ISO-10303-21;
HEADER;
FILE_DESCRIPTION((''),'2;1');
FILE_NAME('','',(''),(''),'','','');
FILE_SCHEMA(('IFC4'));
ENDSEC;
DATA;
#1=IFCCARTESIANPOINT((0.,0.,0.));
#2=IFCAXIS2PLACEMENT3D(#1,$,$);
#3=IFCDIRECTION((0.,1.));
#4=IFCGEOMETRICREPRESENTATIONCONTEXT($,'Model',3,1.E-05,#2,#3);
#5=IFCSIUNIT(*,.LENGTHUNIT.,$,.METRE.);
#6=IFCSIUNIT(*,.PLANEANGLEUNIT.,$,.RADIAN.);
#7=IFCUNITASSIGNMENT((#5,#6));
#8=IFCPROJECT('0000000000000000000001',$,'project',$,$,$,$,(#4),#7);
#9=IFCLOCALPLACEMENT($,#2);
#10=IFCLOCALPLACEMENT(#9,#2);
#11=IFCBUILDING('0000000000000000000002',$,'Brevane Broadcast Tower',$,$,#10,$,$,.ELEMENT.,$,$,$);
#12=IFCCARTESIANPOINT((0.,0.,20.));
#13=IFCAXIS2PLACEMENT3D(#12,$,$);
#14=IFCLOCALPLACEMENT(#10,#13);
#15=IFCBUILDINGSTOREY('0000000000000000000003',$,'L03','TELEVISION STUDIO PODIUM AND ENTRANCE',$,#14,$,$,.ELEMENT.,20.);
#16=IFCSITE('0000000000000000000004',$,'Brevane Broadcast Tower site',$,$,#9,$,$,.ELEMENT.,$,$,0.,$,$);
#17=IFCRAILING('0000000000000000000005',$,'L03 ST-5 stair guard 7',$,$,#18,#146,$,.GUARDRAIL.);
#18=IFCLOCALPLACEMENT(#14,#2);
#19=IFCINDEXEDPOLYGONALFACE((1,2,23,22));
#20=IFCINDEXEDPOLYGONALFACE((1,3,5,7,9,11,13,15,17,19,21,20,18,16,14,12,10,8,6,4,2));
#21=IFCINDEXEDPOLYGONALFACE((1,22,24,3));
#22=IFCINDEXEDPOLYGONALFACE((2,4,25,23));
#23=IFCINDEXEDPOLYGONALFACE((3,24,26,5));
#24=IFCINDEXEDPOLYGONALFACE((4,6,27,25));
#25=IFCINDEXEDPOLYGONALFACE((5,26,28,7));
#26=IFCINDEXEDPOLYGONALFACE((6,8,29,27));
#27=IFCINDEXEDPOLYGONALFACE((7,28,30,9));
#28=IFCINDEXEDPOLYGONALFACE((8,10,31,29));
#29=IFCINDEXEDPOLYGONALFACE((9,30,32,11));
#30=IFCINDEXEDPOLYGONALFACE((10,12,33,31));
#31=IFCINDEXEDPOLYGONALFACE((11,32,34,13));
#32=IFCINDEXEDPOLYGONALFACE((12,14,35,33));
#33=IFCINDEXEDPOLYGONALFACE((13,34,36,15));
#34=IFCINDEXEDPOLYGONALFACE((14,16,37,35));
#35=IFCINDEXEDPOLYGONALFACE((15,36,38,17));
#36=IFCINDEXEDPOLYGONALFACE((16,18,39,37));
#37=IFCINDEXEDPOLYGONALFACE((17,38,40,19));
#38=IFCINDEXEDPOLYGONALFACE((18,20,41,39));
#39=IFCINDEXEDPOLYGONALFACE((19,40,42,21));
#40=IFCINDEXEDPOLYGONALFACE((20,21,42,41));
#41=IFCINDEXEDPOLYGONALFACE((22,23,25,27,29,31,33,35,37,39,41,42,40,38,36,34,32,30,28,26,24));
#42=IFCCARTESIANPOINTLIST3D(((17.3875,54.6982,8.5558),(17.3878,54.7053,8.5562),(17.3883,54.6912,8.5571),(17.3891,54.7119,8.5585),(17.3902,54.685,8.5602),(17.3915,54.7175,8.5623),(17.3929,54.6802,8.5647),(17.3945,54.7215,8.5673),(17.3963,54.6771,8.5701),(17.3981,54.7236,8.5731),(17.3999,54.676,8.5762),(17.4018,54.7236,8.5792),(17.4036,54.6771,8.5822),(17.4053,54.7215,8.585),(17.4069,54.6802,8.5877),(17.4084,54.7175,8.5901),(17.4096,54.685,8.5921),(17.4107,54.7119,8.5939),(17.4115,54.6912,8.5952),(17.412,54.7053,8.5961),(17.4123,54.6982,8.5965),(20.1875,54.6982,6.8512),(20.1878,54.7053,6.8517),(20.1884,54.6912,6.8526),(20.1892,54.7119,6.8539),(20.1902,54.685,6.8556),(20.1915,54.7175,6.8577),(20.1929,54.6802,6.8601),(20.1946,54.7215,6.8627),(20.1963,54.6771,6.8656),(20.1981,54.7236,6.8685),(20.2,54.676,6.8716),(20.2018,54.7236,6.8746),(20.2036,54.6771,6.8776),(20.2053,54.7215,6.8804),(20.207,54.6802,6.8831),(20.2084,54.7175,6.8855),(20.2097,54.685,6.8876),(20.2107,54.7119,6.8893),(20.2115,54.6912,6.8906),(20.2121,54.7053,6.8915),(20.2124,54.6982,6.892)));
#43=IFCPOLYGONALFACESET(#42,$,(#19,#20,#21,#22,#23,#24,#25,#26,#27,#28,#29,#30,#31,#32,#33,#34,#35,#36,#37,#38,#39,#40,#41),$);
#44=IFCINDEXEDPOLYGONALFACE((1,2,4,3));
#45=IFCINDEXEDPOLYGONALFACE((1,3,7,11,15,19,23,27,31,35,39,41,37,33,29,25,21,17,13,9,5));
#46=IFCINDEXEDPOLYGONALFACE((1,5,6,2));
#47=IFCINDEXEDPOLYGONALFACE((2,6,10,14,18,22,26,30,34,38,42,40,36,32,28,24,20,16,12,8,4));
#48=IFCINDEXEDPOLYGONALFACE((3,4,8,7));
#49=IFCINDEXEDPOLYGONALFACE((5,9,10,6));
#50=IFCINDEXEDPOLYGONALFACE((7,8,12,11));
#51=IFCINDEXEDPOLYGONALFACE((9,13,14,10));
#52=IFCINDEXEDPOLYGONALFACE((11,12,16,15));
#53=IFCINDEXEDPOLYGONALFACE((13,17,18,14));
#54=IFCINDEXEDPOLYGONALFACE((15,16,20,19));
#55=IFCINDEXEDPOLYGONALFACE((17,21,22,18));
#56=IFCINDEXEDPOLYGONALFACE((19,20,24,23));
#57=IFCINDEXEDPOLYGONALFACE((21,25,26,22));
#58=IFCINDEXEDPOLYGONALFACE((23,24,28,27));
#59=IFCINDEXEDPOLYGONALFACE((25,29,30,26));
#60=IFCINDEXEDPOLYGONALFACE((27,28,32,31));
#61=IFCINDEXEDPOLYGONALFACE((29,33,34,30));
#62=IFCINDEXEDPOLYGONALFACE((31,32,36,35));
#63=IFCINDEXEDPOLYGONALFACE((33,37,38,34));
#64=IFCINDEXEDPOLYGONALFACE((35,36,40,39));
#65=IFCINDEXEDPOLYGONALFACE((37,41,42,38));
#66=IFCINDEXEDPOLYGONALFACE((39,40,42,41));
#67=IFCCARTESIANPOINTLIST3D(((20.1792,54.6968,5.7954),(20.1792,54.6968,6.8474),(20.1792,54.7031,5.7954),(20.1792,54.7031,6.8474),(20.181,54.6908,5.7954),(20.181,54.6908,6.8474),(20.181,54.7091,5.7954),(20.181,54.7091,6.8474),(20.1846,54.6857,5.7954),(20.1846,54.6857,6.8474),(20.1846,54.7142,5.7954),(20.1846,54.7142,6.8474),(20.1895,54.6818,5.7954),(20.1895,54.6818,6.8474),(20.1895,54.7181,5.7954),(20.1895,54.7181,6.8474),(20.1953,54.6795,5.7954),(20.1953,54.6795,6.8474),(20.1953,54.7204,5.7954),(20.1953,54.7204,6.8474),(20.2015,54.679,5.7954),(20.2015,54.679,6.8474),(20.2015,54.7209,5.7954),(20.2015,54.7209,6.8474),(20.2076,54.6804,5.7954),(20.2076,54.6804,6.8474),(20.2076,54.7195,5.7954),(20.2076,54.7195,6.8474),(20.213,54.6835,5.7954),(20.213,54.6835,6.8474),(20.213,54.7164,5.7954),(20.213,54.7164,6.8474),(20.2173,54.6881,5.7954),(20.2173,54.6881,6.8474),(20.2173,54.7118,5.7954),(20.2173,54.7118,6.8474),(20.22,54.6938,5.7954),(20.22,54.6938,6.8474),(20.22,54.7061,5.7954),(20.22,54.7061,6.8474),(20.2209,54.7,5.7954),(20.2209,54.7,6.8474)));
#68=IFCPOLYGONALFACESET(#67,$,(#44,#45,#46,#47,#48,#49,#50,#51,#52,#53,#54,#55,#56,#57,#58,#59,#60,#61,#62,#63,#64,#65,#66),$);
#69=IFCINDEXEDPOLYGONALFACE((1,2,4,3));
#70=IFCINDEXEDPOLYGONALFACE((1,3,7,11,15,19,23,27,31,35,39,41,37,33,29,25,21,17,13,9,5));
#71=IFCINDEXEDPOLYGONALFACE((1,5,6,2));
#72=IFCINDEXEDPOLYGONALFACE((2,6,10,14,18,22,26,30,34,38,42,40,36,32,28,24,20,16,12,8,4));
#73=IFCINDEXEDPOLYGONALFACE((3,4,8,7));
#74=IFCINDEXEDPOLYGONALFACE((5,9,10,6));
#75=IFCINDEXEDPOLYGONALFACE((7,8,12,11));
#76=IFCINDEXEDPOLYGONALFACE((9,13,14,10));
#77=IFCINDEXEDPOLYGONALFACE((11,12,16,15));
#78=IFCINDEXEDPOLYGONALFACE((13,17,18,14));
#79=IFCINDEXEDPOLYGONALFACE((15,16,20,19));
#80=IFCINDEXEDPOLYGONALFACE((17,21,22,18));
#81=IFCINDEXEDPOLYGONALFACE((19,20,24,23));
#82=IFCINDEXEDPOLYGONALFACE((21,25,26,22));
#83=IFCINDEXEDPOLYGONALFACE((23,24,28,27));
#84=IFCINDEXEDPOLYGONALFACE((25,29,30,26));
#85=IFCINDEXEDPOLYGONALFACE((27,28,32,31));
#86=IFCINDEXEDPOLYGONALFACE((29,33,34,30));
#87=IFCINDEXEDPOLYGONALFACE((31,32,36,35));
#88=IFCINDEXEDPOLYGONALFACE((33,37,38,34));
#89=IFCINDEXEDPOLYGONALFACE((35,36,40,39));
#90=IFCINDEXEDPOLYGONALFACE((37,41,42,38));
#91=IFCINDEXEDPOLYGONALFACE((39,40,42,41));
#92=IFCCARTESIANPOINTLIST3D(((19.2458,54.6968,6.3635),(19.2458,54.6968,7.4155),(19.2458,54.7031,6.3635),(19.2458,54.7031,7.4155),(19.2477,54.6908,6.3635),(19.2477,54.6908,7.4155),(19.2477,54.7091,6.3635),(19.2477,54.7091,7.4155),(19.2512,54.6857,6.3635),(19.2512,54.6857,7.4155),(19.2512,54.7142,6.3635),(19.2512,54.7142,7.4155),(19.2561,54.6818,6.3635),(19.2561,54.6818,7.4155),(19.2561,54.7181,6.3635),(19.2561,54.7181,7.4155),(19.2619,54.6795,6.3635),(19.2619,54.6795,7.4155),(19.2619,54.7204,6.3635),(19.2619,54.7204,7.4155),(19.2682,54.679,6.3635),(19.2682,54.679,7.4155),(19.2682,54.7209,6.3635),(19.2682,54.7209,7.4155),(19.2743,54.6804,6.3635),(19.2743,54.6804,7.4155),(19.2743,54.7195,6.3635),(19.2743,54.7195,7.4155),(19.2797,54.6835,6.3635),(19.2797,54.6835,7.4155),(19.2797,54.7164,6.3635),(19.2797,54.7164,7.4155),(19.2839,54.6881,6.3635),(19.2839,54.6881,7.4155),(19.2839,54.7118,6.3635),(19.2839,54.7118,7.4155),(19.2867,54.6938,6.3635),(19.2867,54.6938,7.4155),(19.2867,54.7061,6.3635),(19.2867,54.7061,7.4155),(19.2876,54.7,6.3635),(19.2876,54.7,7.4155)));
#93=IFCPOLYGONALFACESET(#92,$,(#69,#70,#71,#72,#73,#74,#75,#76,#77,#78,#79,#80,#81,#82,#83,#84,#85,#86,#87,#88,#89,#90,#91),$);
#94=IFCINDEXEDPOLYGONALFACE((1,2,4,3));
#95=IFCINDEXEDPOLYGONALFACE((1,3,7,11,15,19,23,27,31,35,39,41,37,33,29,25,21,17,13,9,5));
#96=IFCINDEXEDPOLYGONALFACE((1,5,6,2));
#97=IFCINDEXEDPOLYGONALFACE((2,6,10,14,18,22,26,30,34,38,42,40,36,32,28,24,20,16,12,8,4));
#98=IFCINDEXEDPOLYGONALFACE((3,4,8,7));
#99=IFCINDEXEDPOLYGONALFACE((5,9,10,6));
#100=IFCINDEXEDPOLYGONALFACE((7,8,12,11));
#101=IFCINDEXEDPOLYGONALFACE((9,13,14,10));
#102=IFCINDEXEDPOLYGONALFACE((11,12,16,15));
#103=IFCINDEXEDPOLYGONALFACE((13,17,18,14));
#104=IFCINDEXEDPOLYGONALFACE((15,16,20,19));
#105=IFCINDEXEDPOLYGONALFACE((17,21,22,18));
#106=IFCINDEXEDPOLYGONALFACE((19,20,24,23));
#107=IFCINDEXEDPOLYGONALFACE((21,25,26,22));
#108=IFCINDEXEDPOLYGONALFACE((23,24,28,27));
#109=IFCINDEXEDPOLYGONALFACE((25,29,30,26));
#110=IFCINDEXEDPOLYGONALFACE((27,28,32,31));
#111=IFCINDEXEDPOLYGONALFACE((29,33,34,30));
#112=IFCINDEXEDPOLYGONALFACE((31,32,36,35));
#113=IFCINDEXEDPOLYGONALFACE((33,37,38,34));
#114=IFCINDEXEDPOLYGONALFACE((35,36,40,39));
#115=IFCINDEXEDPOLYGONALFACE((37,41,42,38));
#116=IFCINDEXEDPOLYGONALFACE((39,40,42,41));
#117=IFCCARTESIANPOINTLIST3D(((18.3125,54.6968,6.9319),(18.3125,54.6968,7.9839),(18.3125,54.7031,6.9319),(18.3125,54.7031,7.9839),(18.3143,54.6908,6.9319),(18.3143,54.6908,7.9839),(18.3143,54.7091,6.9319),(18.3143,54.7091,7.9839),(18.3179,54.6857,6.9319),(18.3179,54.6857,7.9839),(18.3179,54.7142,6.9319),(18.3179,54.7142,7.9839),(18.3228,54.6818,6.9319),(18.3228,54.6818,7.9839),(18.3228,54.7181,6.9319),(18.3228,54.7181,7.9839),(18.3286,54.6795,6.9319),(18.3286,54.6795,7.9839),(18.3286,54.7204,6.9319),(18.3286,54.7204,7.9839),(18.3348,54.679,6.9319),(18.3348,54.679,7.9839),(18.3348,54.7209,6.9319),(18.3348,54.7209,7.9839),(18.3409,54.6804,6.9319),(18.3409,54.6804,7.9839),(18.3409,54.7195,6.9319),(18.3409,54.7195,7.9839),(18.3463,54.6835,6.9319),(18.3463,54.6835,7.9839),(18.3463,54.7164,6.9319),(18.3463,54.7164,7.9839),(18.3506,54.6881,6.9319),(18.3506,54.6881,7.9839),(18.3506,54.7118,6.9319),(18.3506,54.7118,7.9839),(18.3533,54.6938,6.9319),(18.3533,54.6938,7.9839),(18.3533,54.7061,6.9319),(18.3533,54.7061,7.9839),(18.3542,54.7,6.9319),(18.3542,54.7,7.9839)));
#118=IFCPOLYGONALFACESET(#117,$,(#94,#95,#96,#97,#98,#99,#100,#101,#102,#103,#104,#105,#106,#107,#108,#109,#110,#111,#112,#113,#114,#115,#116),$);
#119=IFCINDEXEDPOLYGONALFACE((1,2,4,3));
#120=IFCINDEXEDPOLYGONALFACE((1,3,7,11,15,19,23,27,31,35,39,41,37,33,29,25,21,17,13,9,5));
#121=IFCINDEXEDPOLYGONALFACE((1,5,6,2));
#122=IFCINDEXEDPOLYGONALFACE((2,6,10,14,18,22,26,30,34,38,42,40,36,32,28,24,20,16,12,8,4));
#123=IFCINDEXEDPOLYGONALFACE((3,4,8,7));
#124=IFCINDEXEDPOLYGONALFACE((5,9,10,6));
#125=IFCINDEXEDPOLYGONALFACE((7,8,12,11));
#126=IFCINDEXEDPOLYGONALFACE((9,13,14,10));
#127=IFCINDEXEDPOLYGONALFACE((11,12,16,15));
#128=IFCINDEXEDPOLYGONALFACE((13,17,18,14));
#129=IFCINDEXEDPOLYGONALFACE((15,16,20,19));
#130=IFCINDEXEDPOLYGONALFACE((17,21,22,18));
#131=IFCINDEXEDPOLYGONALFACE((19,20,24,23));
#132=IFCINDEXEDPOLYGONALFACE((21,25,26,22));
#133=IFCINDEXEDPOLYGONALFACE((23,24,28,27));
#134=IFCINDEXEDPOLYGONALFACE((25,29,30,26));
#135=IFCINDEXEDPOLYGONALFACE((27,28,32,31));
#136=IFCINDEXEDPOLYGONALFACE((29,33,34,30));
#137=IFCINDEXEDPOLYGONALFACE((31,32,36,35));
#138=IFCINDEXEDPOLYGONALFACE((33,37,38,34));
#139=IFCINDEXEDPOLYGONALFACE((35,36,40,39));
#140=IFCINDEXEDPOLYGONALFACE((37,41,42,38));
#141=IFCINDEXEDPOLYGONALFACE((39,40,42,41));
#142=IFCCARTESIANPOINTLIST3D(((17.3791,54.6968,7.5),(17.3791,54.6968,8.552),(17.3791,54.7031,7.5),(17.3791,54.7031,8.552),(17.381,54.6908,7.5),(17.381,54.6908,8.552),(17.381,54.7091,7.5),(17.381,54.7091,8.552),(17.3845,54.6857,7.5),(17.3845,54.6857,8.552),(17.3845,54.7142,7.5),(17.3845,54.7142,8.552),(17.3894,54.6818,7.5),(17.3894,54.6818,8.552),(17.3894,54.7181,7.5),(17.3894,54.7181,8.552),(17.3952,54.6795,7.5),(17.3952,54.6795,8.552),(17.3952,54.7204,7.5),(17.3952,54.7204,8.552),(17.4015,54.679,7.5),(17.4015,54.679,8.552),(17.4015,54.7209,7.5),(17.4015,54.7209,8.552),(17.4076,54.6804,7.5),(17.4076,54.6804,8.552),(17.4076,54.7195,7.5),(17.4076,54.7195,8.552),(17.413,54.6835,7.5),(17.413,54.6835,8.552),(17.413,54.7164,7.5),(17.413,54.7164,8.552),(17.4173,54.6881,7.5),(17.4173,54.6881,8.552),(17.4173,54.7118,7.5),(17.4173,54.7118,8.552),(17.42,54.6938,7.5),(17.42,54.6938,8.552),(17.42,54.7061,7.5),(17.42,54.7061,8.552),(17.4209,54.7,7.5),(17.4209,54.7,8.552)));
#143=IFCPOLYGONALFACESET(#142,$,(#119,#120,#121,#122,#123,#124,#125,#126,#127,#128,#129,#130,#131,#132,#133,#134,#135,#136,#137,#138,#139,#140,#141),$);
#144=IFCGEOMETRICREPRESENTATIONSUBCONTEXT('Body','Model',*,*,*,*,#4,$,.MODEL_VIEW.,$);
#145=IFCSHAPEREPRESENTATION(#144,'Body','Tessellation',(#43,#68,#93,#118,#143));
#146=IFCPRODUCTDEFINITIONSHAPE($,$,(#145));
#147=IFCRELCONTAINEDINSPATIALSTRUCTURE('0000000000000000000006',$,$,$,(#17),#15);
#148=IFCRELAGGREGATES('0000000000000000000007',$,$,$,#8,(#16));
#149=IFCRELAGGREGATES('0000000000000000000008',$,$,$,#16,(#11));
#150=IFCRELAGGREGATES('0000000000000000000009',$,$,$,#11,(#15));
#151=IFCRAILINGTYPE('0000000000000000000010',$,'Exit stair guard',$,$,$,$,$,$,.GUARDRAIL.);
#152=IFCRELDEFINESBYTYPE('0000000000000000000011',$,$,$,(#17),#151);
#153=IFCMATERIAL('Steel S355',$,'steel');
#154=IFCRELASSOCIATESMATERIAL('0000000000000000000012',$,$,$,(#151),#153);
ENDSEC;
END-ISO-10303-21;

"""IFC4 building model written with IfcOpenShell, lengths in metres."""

from ifc_helpers import new_model, si_unit, direction, frame, origin, origin_2d, place, context, subcontext, project, spatial, circle, extrude, material, type_object, element, save


model = new_model("IFC4")

# Units and contexts
model_context = context("Model", 3, precision=1e-05, world=origin(), true_north=direction((0.0, 1.0)))
body_context = subcontext(model_context, "Body", "Model", "MODEL_VIEW")
ifc_project = project(units=[si_unit("LENGTHUNIT", "METRE"), si_unit("PLANEANGLEUNIT", "RADIAN")], contexts=[model_context])

# Site, building, storey
site_placement = place(None, origin())
site = spatial("IfcSite", under=ifc_project, at=site_placement, Name="Brevane Broadcast Tower site", CompositionType="ELEMENT", RefElevation=0.0)
building_placement = place(site_placement, origin())
building = spatial("IfcBuilding", under=site, at=building_placement, Name="Brevane Broadcast Tower", CompositionType="ELEMENT")
storey_placement = place(building_placement, frame((0.0, 0.0, 20.0)))
storey = spatial("IfcBuildingStorey", under=building, at=storey_placement, Name="L03", Description="TELEVISION STUDIO PODIUM AND ENTRANCE", CompositionType="ELEMENT", Elevation=20.0)

# Railing
ifc_material_1 = material(Name="Steel S355", Category="steel")
railing_type_1 = type_object("IfcRailingType", Name="Exit stair guard", PredefinedType="GUARDRAIL", material=ifc_material_1)
railing_1_placement = place(storey_placement, frame((20.2, 54.7, 5.7954)))
element("IfcRailing", 1, at=railing_1_placement, inside=storey, type_object=railing_type_1, Name="L03 ST-5 stair guard 7", PredefinedType="GUARDRAIL", context=body_context, shape_type="SweptSolid", body=[
    extrude(circle(Radius=0.0239, at=origin_2d()), frame((0.0, 0.0, 1.0762), z_axis=(-0.85417, 0.0, 0.519994), x_axis=(0.0, -1.0, 0.0)), (0.0, 0.0, 1.0), 3.2781),
    extrude(circle(Radius=0.021, at=origin_2d()), origin(), (0.0, 0.0, 1.0), 1.052),
    extrude(circle(Radius=0.021, at=origin_2d()), frame((-0.9333, 0.0, 0.5681)), (0.0, 0.0, 1.0), 1.052),
    extrude(circle(Radius=0.021, at=origin_2d()), frame((-1.8667, 0.0, 1.1365)), (0.0, 0.0, 1.0), 1.052),
    extrude(circle(Radius=0.021, at=origin_2d()), frame((-2.8, 0.0, 1.7046)), (0.0, 0.0, 1.0), 1.052),
])

save(model, "model.ifc")
